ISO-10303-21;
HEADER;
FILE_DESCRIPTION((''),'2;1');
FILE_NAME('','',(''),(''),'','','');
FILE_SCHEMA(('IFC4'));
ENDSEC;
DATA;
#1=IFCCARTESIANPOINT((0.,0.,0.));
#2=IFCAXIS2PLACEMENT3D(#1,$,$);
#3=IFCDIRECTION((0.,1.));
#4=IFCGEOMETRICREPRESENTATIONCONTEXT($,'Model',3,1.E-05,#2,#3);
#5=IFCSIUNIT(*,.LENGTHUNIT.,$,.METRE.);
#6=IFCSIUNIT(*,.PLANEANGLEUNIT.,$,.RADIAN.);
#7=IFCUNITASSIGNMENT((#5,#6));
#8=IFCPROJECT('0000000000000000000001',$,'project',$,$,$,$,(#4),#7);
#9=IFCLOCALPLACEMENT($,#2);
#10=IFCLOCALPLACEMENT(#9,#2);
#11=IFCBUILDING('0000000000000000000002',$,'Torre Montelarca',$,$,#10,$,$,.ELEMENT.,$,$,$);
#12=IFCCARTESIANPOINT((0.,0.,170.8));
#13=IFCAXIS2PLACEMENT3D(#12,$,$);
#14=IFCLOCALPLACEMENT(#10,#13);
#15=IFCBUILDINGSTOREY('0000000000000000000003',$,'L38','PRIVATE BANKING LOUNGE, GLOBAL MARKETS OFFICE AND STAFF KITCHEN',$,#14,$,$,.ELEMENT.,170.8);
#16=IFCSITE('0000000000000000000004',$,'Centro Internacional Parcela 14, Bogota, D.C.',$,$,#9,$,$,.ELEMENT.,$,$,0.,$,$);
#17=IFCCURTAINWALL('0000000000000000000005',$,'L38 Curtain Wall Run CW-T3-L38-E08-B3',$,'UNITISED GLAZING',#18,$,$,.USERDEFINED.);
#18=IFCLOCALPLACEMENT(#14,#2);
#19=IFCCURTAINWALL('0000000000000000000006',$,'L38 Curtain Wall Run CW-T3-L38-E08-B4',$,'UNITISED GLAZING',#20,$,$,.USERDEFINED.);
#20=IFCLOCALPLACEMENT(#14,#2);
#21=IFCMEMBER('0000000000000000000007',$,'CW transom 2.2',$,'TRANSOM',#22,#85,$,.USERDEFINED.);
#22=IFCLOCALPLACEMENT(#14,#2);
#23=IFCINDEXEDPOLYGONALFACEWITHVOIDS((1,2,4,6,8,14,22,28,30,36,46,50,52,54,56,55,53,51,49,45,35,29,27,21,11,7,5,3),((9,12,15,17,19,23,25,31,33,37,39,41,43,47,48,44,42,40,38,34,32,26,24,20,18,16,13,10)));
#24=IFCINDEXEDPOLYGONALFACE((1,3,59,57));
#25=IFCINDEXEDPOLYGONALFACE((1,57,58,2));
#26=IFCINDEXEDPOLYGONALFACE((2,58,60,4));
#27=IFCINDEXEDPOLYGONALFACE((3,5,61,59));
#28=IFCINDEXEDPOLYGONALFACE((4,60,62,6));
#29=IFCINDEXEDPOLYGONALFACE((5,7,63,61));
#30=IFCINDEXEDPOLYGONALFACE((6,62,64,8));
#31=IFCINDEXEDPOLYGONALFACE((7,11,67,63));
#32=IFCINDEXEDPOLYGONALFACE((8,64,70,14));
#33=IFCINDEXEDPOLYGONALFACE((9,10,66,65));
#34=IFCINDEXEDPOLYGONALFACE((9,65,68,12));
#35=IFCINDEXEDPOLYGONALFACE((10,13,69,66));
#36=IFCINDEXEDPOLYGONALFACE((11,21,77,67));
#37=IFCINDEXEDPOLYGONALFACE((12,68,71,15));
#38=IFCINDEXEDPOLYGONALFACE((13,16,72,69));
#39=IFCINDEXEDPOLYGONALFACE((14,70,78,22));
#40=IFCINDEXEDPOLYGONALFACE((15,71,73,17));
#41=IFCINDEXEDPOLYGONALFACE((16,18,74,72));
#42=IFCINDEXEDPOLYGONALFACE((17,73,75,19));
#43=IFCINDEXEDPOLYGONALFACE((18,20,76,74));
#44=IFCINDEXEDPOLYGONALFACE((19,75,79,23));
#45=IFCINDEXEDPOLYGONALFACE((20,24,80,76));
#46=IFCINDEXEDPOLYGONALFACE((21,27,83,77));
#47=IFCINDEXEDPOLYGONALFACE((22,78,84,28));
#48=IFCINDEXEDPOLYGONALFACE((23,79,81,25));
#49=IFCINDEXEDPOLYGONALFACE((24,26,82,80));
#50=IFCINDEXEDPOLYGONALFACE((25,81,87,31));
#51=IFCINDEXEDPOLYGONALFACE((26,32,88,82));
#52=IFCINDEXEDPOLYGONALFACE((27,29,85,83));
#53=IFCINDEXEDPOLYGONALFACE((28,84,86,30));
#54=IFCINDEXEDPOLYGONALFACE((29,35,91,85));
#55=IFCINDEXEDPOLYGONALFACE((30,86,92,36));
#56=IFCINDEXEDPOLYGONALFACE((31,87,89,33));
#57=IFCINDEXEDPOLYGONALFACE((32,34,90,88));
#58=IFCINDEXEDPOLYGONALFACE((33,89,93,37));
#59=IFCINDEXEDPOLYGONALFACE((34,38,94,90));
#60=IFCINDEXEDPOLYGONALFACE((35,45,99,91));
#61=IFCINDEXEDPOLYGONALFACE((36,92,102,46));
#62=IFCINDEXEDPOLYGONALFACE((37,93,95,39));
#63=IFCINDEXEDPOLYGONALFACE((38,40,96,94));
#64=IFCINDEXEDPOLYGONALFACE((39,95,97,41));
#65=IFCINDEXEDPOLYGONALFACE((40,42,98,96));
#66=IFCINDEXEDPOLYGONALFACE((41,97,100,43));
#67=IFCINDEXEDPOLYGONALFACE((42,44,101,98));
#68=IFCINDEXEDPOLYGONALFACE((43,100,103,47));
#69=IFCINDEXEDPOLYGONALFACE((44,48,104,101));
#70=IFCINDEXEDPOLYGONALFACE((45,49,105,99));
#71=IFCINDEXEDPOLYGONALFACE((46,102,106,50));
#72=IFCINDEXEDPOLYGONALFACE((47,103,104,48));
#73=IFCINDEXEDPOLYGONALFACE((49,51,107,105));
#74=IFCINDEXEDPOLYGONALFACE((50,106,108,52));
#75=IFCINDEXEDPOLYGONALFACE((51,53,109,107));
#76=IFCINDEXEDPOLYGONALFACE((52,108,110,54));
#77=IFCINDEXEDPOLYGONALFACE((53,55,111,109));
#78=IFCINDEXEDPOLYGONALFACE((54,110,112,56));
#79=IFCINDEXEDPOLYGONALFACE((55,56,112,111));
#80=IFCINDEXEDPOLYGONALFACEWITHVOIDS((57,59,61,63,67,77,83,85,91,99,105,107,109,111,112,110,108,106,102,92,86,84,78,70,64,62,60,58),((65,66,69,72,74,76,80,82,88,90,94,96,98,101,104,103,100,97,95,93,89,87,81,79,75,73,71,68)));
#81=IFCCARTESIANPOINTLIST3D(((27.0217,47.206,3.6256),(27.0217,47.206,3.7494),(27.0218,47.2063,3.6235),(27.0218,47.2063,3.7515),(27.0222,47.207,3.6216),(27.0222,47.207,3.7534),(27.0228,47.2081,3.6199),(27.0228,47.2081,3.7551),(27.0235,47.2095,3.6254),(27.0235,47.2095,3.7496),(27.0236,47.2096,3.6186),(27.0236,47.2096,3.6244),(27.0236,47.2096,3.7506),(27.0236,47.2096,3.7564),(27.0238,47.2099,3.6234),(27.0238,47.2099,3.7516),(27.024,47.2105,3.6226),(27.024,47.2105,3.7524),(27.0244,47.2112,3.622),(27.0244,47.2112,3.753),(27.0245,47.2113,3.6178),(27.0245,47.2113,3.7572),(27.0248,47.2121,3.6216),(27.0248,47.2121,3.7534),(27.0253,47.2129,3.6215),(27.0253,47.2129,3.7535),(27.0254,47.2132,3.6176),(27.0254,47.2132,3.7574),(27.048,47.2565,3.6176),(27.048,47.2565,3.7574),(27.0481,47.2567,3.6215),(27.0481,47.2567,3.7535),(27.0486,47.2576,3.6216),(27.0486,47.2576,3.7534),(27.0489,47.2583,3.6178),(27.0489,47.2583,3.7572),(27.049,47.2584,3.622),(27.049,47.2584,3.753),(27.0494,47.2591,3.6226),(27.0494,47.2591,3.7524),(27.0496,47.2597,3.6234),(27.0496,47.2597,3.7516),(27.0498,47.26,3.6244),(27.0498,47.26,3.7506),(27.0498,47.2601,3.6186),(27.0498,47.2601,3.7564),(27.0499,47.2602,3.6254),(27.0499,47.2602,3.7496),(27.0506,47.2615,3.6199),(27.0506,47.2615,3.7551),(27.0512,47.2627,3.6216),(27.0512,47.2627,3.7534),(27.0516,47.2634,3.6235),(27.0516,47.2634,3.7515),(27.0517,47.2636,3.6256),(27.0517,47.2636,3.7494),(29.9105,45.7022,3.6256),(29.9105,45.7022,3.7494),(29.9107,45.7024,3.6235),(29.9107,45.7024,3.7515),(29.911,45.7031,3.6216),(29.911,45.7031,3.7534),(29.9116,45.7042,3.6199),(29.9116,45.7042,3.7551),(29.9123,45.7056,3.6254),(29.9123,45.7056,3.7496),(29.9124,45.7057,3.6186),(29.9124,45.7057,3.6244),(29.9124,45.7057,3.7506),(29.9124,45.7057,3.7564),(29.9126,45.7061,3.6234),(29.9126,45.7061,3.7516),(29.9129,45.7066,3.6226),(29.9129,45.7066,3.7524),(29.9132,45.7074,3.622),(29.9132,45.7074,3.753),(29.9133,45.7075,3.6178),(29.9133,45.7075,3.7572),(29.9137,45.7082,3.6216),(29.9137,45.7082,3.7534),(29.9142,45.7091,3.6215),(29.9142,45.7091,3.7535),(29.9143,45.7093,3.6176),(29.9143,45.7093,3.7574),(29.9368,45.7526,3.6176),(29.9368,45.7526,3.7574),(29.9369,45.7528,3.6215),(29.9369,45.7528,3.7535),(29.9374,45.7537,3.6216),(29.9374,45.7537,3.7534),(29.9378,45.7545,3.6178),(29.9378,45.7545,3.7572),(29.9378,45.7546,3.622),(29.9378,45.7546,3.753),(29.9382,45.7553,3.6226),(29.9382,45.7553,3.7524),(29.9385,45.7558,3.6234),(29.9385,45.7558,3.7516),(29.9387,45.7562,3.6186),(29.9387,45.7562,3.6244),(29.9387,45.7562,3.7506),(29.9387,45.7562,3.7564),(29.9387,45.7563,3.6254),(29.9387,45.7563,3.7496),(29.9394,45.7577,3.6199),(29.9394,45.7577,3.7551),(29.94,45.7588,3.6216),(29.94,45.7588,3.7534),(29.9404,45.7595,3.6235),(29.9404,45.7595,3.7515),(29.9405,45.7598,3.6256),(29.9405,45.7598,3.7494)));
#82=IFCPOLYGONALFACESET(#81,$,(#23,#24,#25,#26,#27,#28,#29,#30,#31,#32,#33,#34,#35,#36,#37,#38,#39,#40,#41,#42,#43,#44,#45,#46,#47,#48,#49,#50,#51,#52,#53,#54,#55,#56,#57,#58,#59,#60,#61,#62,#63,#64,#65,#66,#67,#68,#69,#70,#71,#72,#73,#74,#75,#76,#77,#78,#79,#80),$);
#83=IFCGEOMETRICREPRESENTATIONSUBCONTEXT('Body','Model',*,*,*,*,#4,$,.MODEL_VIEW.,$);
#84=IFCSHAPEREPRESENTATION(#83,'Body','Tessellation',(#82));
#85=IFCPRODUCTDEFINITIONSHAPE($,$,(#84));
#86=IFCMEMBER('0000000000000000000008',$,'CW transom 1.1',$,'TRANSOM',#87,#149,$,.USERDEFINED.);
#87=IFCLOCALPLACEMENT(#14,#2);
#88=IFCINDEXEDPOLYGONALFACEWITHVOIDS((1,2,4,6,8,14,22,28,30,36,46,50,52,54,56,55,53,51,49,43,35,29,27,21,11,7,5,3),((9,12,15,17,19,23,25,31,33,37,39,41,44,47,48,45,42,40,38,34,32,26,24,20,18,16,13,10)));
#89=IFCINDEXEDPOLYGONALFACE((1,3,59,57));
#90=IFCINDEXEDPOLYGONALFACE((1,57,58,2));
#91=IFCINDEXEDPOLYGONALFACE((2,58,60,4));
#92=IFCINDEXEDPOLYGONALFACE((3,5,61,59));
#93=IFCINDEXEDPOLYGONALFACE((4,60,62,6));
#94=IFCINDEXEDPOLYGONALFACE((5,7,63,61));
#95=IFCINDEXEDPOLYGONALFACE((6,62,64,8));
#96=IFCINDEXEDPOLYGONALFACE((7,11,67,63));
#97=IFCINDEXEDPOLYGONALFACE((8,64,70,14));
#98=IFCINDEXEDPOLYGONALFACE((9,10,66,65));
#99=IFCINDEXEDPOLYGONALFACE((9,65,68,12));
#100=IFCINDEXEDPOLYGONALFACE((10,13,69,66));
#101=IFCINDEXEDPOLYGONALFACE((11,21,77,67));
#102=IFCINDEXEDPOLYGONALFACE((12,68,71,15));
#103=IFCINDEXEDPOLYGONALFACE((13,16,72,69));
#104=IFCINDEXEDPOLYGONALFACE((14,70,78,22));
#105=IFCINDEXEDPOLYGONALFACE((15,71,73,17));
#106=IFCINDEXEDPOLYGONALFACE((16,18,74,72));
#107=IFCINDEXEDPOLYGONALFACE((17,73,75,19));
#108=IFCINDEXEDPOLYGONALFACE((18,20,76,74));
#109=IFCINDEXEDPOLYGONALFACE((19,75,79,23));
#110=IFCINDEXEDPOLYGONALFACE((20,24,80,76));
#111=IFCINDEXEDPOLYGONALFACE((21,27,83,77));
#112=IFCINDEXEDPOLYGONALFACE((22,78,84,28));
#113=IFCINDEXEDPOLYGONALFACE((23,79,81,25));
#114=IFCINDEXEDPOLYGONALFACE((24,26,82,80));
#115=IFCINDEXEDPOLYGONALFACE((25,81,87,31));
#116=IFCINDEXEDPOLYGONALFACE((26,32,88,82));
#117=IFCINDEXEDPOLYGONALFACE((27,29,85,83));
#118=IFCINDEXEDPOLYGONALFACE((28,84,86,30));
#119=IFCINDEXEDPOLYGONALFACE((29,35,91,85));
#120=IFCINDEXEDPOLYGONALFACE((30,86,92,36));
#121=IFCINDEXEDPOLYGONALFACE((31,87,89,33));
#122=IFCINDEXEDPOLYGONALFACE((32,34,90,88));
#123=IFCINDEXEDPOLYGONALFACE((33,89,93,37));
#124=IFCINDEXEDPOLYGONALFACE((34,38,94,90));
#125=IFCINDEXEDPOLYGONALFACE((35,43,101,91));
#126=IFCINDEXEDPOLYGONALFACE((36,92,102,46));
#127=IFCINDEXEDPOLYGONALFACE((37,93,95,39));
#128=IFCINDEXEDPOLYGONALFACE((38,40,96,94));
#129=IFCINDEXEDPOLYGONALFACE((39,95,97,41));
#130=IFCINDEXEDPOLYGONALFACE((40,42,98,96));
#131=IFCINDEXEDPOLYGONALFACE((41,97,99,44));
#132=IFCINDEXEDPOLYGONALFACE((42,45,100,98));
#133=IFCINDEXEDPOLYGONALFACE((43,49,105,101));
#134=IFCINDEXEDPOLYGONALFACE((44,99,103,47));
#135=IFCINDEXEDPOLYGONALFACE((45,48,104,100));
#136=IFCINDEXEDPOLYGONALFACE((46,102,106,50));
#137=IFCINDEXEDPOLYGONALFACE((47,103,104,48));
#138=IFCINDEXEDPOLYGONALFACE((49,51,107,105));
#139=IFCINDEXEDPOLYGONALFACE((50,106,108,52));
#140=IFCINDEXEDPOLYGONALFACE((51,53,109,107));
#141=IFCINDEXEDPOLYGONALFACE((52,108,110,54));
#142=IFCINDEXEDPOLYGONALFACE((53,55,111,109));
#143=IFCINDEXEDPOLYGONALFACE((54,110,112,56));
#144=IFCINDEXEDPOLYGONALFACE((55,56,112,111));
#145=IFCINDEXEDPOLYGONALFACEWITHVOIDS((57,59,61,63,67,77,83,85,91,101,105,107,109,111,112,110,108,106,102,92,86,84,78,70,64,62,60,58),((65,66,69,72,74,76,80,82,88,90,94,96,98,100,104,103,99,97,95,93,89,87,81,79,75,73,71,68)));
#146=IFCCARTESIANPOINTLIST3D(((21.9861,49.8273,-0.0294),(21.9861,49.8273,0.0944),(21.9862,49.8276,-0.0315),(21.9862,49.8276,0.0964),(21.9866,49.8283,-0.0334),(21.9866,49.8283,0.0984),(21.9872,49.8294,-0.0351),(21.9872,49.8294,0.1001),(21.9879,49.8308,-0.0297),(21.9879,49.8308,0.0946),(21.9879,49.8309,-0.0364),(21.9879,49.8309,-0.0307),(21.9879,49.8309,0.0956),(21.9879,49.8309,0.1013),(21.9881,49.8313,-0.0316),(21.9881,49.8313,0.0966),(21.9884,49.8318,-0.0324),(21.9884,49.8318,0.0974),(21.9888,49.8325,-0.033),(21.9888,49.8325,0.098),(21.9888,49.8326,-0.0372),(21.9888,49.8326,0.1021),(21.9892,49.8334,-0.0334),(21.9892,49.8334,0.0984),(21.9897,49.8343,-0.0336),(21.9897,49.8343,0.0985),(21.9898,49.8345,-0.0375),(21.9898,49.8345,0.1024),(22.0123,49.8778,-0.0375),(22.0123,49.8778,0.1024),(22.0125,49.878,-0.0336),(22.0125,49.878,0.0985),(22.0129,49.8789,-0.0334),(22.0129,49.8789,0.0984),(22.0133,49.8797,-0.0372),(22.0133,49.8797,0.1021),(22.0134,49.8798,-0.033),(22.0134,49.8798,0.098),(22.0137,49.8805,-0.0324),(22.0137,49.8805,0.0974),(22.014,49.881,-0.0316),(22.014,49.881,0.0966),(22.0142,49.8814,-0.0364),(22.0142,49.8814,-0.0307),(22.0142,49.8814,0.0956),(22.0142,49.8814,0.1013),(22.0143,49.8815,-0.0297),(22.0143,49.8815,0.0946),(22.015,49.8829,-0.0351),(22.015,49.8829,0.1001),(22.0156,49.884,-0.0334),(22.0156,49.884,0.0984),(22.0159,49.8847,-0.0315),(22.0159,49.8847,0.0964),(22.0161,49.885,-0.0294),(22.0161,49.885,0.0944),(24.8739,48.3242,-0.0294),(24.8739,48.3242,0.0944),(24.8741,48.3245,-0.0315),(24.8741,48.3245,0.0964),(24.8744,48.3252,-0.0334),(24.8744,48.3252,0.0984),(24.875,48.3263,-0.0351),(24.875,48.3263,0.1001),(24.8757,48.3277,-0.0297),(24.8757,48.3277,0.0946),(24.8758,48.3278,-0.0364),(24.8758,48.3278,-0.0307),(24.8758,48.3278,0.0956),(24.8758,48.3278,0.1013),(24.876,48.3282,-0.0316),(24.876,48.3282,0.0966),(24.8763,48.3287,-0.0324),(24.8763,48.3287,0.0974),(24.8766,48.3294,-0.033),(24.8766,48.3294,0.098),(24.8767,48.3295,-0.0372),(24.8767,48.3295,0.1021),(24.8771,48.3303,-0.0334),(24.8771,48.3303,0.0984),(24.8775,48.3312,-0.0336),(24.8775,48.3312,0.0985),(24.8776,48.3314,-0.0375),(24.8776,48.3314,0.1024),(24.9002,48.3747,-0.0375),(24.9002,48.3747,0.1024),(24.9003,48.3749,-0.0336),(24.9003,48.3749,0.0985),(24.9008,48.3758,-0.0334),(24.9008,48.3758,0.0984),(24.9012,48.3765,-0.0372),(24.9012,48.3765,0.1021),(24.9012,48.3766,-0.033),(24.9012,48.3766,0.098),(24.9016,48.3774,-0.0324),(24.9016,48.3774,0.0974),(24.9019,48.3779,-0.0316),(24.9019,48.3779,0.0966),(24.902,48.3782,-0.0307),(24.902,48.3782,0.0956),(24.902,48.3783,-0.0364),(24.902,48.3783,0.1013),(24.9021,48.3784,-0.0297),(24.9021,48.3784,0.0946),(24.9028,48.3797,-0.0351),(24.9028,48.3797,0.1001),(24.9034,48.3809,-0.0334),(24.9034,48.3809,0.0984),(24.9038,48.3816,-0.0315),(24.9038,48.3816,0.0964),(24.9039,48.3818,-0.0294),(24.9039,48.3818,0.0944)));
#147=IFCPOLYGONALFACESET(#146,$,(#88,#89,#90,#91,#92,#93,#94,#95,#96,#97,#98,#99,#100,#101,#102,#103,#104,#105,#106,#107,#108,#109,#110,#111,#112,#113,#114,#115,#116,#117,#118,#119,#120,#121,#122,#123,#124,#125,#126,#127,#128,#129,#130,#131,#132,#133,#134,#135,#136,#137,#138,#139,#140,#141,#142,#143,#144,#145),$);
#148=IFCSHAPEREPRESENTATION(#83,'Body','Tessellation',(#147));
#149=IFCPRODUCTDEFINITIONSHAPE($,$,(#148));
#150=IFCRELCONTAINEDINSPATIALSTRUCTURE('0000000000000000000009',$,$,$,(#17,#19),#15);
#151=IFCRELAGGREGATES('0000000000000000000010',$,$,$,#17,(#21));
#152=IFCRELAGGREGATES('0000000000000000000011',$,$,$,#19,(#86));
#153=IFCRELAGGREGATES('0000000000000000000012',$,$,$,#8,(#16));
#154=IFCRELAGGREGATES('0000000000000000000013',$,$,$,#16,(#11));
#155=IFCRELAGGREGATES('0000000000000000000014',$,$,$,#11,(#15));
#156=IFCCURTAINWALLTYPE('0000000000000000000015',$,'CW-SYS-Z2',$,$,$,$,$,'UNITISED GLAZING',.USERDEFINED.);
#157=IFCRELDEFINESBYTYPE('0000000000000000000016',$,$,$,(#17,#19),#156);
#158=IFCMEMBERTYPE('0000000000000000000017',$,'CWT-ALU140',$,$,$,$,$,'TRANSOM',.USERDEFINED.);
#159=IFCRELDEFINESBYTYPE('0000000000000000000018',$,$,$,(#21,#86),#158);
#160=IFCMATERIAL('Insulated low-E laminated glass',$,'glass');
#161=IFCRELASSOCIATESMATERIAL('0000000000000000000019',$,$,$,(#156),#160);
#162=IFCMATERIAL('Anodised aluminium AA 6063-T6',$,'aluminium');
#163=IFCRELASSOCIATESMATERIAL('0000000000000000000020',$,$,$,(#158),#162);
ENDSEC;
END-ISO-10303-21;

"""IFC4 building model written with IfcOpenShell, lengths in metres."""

from ifc_helpers import new_model, si_unit, direction, frame, origin, origin_2d, place, context, subcontext, project, spatial, hollow_rectangle, extrude, source, transform, mapped, material, material_profile, profile_set, type_object, element, aggregate, save


model = new_model("IFC4")

# Units and contexts
model_context = context("Model", 3, precision=1e-05, world=origin(), true_north=direction((0.0, 1.0)))
body_context = subcontext(model_context, "Body", "Model", "MODEL_VIEW")
ifc_project = project(units=[si_unit("LENGTHUNIT", "METRE"), si_unit("PLANEANGLEUNIT", "RADIAN")], contexts=[model_context])

# Site, building, storey
site_placement = place(None, origin())
site = spatial("IfcSite", under=ifc_project, at=site_placement, Name="Centro Internacional Parcela 14, Bogota, D.C.", CompositionType="ELEMENT", RefElevation=0.0)
building_placement = place(site_placement, origin())
building = spatial("IfcBuilding", under=site, at=building_placement, Name="Torre Montelarca", CompositionType="ELEMENT")
storey_placement = place(building_placement, frame((0.0, 0.0, 170.8)))
storey = spatial("IfcBuildingStorey", under=building, at=storey_placement, Name="L38", Description="PRIVATE BANKING LOUNGE, GLOBAL MARKETS OFFICE AND STAFF KITCHEN", CompositionType="ELEMENT", Elevation=170.8)

# Shared definitions
ifc_material_1 = material(Name="Insulated low-E laminated glass", Category="glass")
curtain_wall_type = type_object("IfcCurtainWallType", Name="CW-SYS-Z2", ElementType="UNITISED GLAZING", PredefinedType="USERDEFINED", material=ifc_material_1)
ifc_material_2 = material(Name="Anodised aluminium AA 6063-T6", Category="aluminium")

# Curtain walls
curtain_wall_1_placement = place(storey_placement, origin())
curtain_wall_1 = element("IfcCurtainWall", 1, at=curtain_wall_1_placement, inside=storey, type_object=curtain_wall_type, Name="L38 Curtain Wall Run CW-T3-L38-E08-B3", ObjectType="UNITISED GLAZING", PredefinedType="USERDEFINED")
curtain_wall_2_placement = place(storey_placement, origin())
curtain_wall_2 = element("IfcCurtainWall", 2, at=curtain_wall_2_placement, inside=storey, type_object=curtain_wall_type, Name="L38 Curtain Wall Run CW-T3-L38-E08-B4", ObjectType="UNITISED GLAZING", PredefinedType="USERDEFINED")

# Members
ifc_material_profile_1 = material_profile(ifc_material_2, hollow_rectangle(XDim=0.0649, YDim=0.1399, WallThickness=0.0039, InnerFilletRadius=0.0039, OuterFilletRadius=0.0081, at=origin_2d()), Name="ALU65X140X4", Category="aluminium")
ifc_profile_set_1 = profile_set([ifc_material_profile_1], Name="Anodised aluminium AA 6063-T6")
member_type_1 = type_object("IfcMemberType", Name="CWT-ALU140", ElementType="TRANSOM", PredefinedType="USERDEFINED", material=ifc_profile_set_1)
shared_shape_1 = source(origin(), body_context, "Body", "SweptSolid", [
    extrude(hollow_rectangle(XDim=0.0649, YDim=0.1399, WallThickness=0.0039, InnerFilletRadius=0.0039, OuterFilletRadius=0.0081, at=origin_2d()), origin(), (0.0, 0.0, 1.0), 3.2568),
])
member_1_placement = place(storey_placement, frame((29.9255, 45.731, 3.6875), z_axis=(-0.887007, 0.461756, 0.0), x_axis=(-0.461756, -0.887007, 0.0)))
member_1 = element("IfcMember", 3, at=member_1_placement, type_object=member_type_1, Name="CW transom 2.2", ObjectType="TRANSOM", PredefinedType="USERDEFINED", context=body_context, shape_type="MappedRepresentation", body=[
    mapped(shared_shape_1, transform((0.0, 0.0, 0.0), scale=1.0)),
])
shared_shape_2 = source(origin(), body_context, "Body", "SweptSolid", [
    extrude(hollow_rectangle(XDim=0.0649, YDim=0.1399, WallThickness=0.0039, InnerFilletRadius=0.0039, OuterFilletRadius=0.0081, at=origin_2d()), origin(), (0.0, 0.0, 1.0), 3.2556),
])
member_2_placement = place(storey_placement, frame((24.8889, 48.353, 0.0325), z_axis=(-0.887035, 0.461702, 0.0), x_axis=(-0.461702, -0.887035, 0.0)))
member_2 = element("IfcMember", 4, at=member_2_placement, type_object=member_type_1, Name="CW transom 1.1", ObjectType="TRANSOM", PredefinedType="USERDEFINED", context=body_context, shape_type="MappedRepresentation", body=[
    mapped(shared_shape_2, transform((0.0, 0.0, 0.0), scale=1.0)),
])

aggregate(curtain_wall_1, [member_1])
aggregate(curtain_wall_2, [member_2])

save(model, "model.ifc")
